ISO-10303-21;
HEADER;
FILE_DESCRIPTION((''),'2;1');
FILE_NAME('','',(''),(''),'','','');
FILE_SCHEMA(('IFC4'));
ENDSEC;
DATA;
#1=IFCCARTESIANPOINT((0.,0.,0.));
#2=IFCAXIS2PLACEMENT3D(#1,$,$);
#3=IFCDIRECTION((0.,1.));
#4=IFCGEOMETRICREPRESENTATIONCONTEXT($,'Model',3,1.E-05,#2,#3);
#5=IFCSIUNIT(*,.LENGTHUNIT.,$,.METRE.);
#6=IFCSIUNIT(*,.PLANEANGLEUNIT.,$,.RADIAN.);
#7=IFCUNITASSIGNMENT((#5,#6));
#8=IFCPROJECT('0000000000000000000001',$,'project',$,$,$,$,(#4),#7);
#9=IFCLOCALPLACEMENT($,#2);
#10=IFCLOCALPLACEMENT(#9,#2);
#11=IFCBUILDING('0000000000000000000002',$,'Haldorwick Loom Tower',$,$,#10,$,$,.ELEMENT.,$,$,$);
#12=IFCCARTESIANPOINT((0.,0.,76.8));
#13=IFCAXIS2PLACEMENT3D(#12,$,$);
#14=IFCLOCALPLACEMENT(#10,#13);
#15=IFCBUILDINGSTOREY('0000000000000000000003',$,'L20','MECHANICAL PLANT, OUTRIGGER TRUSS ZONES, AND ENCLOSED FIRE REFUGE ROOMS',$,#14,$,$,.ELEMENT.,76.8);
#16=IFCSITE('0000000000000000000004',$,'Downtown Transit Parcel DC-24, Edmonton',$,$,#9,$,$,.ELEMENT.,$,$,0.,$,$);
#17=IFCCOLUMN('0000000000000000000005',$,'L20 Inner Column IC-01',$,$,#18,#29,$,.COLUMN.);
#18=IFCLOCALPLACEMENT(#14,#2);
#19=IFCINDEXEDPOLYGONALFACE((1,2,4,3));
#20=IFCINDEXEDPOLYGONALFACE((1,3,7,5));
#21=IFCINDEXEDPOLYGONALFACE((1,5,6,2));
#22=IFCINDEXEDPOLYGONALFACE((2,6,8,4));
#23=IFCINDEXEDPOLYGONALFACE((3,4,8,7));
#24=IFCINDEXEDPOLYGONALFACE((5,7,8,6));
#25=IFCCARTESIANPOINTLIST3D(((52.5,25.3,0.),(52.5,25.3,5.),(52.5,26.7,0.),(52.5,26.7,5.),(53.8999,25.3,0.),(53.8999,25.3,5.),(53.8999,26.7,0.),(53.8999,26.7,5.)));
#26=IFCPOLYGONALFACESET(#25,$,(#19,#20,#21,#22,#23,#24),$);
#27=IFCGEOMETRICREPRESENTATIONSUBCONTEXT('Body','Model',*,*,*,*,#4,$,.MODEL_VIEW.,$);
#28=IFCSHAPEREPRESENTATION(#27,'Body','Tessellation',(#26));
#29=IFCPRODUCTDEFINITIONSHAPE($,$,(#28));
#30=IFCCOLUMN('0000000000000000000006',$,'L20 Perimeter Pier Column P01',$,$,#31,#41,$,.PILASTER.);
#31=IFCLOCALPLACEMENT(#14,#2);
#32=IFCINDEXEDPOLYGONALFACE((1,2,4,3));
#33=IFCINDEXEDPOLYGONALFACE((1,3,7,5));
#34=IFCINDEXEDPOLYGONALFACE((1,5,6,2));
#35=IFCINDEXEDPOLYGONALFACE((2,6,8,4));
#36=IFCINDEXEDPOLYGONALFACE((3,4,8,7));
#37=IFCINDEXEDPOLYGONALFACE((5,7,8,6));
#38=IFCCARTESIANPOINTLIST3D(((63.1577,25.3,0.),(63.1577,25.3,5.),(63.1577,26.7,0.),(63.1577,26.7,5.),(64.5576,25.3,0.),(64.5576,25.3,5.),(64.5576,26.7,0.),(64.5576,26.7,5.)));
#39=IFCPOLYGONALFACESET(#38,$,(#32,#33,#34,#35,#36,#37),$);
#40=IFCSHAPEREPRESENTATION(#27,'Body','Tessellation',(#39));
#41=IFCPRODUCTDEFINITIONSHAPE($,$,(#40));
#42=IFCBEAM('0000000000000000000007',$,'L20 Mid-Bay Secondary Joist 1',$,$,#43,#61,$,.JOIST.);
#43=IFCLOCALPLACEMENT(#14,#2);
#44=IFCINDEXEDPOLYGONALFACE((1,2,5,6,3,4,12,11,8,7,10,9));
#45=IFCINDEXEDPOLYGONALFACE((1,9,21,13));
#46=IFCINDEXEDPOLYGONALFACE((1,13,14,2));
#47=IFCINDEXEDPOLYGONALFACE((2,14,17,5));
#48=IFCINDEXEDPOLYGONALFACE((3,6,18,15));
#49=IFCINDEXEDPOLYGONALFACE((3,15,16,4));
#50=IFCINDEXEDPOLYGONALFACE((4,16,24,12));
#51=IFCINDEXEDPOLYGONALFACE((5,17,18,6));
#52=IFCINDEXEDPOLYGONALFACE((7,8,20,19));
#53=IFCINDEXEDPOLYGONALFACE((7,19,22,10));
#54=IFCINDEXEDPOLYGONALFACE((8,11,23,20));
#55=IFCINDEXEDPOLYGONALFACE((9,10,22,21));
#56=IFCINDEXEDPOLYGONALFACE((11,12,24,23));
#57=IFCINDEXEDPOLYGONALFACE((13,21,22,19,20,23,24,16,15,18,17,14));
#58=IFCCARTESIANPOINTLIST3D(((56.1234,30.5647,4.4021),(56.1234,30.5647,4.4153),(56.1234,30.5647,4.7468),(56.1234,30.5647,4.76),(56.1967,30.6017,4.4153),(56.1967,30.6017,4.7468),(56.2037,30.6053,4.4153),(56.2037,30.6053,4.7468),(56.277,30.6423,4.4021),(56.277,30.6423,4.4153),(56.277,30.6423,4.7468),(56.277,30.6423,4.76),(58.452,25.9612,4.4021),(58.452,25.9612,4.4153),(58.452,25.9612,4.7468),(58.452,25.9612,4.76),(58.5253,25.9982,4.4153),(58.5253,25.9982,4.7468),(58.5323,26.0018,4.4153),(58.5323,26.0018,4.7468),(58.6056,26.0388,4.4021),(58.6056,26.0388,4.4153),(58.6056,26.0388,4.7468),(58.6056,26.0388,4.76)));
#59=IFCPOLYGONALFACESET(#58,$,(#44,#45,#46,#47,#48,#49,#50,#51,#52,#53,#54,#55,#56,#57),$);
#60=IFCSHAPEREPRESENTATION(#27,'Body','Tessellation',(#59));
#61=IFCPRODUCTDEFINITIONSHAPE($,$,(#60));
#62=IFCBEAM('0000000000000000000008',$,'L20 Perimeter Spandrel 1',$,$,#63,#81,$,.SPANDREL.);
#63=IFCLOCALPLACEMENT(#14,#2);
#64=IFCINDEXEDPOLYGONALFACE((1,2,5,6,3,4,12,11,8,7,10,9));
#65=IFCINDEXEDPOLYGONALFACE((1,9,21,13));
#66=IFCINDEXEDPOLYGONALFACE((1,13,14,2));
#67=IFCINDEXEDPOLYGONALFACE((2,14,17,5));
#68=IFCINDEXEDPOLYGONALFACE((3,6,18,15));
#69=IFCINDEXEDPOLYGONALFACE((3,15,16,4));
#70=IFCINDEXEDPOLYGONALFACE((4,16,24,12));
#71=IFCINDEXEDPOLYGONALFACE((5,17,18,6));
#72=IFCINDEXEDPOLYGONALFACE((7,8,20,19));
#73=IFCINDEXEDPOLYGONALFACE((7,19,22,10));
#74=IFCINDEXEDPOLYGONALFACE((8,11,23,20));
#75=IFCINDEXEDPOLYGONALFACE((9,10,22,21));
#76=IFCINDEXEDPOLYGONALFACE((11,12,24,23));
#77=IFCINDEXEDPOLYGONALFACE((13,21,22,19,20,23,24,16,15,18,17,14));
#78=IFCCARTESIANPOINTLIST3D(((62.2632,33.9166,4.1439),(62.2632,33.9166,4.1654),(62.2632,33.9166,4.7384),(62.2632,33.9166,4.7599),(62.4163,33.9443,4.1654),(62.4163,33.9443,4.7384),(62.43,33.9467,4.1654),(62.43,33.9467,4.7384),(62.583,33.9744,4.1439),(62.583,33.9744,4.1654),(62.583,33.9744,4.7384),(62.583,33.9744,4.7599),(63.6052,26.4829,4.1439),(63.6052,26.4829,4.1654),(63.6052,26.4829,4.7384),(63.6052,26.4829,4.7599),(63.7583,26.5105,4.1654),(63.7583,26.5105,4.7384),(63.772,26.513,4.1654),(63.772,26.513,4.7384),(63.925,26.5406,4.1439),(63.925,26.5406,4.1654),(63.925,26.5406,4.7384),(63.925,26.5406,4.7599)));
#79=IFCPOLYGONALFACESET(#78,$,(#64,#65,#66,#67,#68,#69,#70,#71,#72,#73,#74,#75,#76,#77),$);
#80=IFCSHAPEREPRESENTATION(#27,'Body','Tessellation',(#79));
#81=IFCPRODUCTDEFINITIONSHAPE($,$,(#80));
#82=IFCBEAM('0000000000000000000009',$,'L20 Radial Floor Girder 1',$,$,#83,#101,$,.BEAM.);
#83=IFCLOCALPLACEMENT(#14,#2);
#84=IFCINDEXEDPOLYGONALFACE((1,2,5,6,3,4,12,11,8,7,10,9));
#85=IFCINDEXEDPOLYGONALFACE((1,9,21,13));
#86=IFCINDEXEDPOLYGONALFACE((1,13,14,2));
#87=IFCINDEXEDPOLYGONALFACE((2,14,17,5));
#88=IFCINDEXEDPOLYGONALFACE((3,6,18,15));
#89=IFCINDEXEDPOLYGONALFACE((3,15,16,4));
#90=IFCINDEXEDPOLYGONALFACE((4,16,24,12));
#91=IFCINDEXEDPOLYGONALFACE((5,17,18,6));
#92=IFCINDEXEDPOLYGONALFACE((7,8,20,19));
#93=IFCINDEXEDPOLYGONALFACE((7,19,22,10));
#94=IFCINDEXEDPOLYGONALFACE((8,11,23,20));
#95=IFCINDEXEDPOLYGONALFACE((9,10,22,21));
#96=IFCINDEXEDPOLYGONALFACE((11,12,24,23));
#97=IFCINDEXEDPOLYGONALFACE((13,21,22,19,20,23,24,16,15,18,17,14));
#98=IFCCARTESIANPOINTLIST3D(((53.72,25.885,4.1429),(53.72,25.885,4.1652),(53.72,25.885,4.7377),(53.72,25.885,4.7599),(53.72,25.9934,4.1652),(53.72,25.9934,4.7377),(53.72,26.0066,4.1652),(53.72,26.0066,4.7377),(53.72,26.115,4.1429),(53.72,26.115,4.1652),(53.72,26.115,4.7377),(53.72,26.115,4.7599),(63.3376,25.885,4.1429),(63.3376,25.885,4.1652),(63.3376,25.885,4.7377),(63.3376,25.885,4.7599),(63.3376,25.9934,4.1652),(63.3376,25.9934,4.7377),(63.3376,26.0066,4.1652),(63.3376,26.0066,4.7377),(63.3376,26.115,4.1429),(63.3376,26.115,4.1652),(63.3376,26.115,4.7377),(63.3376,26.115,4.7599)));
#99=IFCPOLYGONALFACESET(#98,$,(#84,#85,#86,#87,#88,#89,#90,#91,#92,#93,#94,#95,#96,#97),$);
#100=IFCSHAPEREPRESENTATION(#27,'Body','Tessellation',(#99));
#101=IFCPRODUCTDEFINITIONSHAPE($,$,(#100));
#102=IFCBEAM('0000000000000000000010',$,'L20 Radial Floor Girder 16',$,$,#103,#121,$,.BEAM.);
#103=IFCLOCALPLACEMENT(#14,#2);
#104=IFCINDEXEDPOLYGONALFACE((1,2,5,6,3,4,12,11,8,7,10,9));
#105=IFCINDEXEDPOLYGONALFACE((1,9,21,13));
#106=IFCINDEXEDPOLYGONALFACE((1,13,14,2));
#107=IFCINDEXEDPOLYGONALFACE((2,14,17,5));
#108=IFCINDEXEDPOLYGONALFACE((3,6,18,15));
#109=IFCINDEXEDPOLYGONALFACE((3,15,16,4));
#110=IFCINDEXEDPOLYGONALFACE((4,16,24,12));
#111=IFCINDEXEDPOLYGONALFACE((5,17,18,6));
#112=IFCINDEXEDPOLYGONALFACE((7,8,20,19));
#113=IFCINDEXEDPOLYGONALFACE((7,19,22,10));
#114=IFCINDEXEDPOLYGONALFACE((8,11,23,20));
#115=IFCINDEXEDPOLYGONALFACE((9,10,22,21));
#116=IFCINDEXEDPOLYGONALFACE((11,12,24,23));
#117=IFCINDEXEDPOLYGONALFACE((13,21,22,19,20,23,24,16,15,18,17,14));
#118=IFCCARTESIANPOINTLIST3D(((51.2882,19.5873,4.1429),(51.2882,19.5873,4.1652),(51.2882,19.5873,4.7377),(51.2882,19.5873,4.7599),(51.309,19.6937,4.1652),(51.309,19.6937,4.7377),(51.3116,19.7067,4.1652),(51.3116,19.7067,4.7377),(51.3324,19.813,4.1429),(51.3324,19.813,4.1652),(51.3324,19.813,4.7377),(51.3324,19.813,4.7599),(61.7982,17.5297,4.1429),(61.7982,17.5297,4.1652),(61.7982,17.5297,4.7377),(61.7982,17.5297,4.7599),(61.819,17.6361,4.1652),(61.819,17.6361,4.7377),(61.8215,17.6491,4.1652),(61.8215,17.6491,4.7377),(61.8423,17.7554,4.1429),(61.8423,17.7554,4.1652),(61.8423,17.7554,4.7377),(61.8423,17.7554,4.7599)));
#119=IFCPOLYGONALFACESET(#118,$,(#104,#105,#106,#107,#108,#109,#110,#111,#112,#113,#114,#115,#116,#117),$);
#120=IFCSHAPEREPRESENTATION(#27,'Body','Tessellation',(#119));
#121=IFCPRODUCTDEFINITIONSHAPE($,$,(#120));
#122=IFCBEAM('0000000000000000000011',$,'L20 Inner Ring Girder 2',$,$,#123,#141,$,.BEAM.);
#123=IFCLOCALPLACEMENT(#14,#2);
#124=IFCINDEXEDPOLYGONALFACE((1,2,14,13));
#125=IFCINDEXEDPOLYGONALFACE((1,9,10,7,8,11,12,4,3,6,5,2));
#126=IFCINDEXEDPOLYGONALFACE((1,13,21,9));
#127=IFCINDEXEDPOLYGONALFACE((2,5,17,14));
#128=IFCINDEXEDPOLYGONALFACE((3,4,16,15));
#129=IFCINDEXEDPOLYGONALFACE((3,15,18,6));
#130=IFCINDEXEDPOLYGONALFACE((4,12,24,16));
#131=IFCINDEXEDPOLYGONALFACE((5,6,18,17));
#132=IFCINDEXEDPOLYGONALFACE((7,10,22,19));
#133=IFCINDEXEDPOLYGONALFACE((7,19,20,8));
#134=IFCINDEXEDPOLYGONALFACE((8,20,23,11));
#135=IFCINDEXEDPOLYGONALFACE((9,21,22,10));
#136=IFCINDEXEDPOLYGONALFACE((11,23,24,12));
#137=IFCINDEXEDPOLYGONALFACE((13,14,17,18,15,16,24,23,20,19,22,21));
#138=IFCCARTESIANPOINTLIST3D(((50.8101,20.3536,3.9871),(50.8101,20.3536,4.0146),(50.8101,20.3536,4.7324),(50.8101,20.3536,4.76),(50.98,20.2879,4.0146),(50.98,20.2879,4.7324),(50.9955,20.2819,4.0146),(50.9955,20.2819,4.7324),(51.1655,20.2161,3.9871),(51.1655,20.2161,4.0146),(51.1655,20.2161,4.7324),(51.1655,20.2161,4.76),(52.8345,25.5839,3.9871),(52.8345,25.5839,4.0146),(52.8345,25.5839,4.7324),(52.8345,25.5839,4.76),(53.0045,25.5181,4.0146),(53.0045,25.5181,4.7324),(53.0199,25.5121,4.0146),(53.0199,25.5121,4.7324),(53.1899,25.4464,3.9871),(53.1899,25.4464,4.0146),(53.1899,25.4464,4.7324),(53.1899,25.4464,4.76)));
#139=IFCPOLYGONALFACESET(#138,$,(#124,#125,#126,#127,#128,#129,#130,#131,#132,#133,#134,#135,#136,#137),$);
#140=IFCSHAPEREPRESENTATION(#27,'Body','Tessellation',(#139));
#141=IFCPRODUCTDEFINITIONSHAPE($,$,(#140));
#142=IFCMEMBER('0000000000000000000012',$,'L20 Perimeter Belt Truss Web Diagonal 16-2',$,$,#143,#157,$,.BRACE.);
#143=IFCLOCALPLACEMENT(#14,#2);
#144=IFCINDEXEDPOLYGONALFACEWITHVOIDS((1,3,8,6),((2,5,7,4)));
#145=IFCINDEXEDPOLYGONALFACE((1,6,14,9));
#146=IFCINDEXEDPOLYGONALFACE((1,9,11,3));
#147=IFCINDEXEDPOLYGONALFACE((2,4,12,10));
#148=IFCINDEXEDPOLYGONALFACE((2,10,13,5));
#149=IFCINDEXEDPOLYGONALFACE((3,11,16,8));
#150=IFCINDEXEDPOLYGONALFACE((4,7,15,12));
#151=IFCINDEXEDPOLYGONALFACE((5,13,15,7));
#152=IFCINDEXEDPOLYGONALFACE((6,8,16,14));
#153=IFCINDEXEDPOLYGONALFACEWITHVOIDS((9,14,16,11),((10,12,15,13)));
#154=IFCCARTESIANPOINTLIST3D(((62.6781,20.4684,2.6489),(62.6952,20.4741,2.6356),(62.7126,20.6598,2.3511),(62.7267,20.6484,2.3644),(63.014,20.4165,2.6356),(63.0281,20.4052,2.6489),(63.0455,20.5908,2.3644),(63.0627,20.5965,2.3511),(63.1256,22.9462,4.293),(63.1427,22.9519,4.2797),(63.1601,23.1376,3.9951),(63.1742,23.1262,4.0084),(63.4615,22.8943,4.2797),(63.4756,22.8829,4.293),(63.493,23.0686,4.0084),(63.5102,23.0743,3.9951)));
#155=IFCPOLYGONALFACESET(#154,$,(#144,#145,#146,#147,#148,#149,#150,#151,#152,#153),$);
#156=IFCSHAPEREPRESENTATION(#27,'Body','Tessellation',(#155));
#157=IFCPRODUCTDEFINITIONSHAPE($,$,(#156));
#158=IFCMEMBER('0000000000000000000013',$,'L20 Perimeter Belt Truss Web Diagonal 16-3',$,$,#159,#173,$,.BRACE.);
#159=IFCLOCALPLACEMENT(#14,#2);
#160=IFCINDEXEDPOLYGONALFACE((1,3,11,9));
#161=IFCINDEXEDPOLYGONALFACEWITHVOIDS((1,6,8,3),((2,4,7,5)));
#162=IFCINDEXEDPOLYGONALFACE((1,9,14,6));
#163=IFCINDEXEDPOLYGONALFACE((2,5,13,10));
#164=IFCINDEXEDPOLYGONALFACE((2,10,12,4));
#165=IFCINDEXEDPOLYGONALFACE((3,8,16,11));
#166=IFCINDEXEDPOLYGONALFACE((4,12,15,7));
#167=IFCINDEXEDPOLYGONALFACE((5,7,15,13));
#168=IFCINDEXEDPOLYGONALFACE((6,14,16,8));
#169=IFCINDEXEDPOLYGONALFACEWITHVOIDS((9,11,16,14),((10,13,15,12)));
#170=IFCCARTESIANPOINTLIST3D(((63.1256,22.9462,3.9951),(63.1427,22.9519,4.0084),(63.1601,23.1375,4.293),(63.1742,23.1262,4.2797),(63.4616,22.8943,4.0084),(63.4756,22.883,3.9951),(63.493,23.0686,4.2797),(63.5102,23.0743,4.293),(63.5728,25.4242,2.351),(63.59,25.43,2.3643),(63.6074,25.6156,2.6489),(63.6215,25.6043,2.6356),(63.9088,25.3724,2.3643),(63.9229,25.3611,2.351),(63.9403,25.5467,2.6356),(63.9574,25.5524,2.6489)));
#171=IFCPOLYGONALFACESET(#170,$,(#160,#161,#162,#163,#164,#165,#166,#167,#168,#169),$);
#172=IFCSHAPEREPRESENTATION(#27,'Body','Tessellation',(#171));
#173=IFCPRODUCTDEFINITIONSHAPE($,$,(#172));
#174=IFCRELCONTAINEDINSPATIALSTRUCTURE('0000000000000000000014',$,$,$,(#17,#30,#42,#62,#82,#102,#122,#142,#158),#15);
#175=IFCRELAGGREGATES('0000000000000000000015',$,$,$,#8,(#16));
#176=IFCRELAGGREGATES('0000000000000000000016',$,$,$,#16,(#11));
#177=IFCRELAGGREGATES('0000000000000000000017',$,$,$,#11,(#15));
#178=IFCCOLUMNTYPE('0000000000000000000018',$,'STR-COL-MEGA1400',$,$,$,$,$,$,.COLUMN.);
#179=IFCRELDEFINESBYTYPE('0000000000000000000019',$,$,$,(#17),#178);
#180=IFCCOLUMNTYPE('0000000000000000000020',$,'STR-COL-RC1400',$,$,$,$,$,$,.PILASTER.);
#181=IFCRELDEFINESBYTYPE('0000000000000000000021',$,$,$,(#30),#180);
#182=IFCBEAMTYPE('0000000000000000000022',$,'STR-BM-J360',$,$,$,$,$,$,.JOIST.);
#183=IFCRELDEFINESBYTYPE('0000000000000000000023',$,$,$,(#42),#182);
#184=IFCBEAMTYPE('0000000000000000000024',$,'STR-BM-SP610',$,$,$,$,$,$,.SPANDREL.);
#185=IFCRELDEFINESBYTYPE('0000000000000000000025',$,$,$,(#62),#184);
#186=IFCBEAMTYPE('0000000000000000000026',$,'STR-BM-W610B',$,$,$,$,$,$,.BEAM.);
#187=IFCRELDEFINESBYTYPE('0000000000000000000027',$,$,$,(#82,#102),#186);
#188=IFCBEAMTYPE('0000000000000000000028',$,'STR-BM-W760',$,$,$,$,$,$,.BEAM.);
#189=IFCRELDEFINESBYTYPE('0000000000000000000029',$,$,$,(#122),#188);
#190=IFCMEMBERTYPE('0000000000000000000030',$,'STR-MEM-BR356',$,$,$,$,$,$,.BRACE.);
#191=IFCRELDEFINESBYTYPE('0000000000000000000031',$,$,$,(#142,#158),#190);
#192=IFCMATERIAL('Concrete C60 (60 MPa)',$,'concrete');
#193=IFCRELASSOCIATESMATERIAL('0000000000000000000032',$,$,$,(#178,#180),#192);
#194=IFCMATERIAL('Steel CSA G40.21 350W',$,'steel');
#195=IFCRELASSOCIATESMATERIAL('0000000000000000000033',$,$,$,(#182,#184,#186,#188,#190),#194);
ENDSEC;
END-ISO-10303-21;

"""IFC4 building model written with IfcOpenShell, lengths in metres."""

from ifc_helpers import new_model, si_unit, direction, frame, origin, origin_2d, place, context, subcontext, project, spatial, rectangle, hollow_rectangle, i_section, extrude, material, material_profile, profile_set, type_object, element, save


model = new_model("IFC4")

# Units and contexts
model_context = context("Model", 3, precision=1e-05, world=origin(), true_north=direction((0.0, 1.0)))
body_context = subcontext(model_context, "Body", "Model", "MODEL_VIEW")
ifc_project = project(units=[si_unit("LENGTHUNIT", "METRE"), si_unit("PLANEANGLEUNIT", "RADIAN")], contexts=[model_context])

# Site, building, storey
site_placement = place(None, origin())
site = spatial("IfcSite", under=ifc_project, at=site_placement, Name="Downtown Transit Parcel DC-24, Edmonton", CompositionType="ELEMENT", RefElevation=0.0)
building_placement = place(site_placement, origin())
building = spatial("IfcBuilding", under=site, at=building_placement, Name="Haldorwick Loom Tower", CompositionType="ELEMENT")
storey_placement = place(building_placement, frame((0.0, 0.0, 76.8)))
storey = spatial("IfcBuildingStorey", under=building, at=storey_placement, Name="L20", Description="MECHANICAL PLANT, OUTRIGGER TRUSS ZONES, AND ENCLOSED FIRE REFUGE ROOMS", CompositionType="ELEMENT", Elevation=76.8)

# Columns
ifc_material_1 = material(Name="Concrete C60 (60 MPa)", Category="concrete")
ifc_material_profile_1 = material_profile(ifc_material_1, rectangle(XDim=1.3999, YDim=1.3999, at=origin_2d()), Name="RC1400X1400", Category="concrete")
ifc_profile_set_1 = profile_set([ifc_material_profile_1], Name="Concrete C60 (60 MPa)")
column_type_1 = type_object("IfcColumnType", Name="STR-COL-MEGA1400", PredefinedType="COLUMN", material=ifc_profile_set_1)
column_1_placement = place(storey_placement, frame((53.2, 26.0, 0.0), z_axis=(0.0, 0.0, 1.0), x_axis=(1.0, 0.0, 0.0)))
element("IfcColumn", 1, at=column_1_placement, inside=storey, type_object=column_type_1, Name="L20 Inner Column IC-01", PredefinedType="COLUMN", context=body_context, shape_type="SweptSolid", body=[
    extrude(rectangle(XDim=1.3999, YDim=1.3999, at=origin_2d()), origin(), (0.0, 0.0, 1.0), 5.0),
])
ifc_material_profile_2 = material_profile(ifc_material_1, rectangle(XDim=1.3999, YDim=1.3999, at=origin_2d()), Name="RC1400X1400", Category="concrete")
ifc_profile_set_2 = profile_set([ifc_material_profile_2], Name="Concrete C60 (60 MPa)")
column_type_2 = type_object("IfcColumnType", Name="STR-COL-RC1400", PredefinedType="PILASTER", material=ifc_profile_set_2)
column_2_placement = place(storey_placement, frame((63.8577, 26.0, 0.0), z_axis=(0.0, 0.0, 1.0), x_axis=(1.0, 0.0, 0.0)))
element("IfcColumn", 2, at=column_2_placement, inside=storey, type_object=column_type_2, Name="L20 Perimeter Pier Column P01", PredefinedType="PILASTER", context=body_context, shape_type="SweptSolid", body=[
    extrude(rectangle(XDim=1.3999, YDim=1.3999, at=origin_2d()), origin(), (0.0, 0.0, 1.0), 5.0),
])

# Beams
ifc_material_2 = material(Name="Steel CSA G40.21 350W", Category="steel")
ifc_material_profile_3 = material_profile(ifc_material_2, i_section(OverallWidth=0.1721, OverallDepth=0.3579, WebThickness=0.0078, FlangeThickness=0.0132, at=origin_2d()), Name="W360X57", Category="steel")
ifc_profile_set_3 = profile_set([ifc_material_profile_3], Name="Steel CSA G40.21 350W")
beam_type_1 = type_object("IfcBeamType", Name="STR-BM-J360", PredefinedType="JOIST", material=ifc_profile_set_3)
beam_1_placement = place(storey_placement, frame((58.5288, 26.0, 4.5811), z_axis=(-0.451373, 0.892335, 0.0), x_axis=(-0.892335, -0.451373, 0.0)))
element("IfcBeam", 3, at=beam_1_placement, inside=storey, type_object=beam_type_1, Name="L20 Mid-Bay Secondary Joist 1", PredefinedType="JOIST", context=body_context, shape_type="SweptSolid", body=[
    extrude(i_section(OverallWidth=0.1721, OverallDepth=0.3579, WebThickness=0.0078, FlangeThickness=0.0132, at=origin_2d()), origin(), (0.0, 0.0, 1.0), 5.1589),
])
ifc_material_profile_4 = material_profile(ifc_material_2, i_section(OverallWidth=0.325, OverallDepth=0.616, WebThickness=0.0139, FlangeThickness=0.0215, at=origin_2d()), Name="W610X174", Category="steel")
ifc_profile_set_4 = profile_set([ifc_material_profile_4], Name="Steel CSA G40.21 350W")
beam_type_2 = type_object("IfcBeamType", Name="STR-BM-SP610", PredefinedType="SPANDREL", material=ifc_profile_set_4)
beam_2_placement = place(storey_placement, frame((63.7651, 26.5117, 4.4519), z_axis=(-0.177659, 0.984092, 0.0), x_axis=(-0.984092, -0.177659, 0.0)))
element("IfcBeam", 4, at=beam_2_placement, inside=storey, type_object=beam_type_2, Name="L20 Perimeter Spandrel 1", PredefinedType="SPANDREL", context=body_context, shape_type="SweptSolid", body=[
    extrude(i_section(OverallWidth=0.325, OverallDepth=0.616, WebThickness=0.0139, FlangeThickness=0.0215, at=origin_2d()), origin(), (0.0, 0.0, 1.0), 7.554),
])
ifc_material_profile_5 = material_profile(ifc_material_2, i_section(OverallWidth=0.23, OverallDepth=0.6169, WebThickness=0.0132, FlangeThickness=0.0222, at=origin_2d()), Name="W610X140", Category="steel")
ifc_profile_set_5 = profile_set([ifc_material_profile_5], Name="Steel CSA G40.21 350W")
beam_type_3 = type_object("IfcBeamType", Name="STR-BM-W610B", PredefinedType="BEAM", material=ifc_profile_set_5)
beam_3_placement = place(storey_placement, frame((53.72, 26.0, 4.4514), z_axis=(1.0, 0.0, 0.0), x_axis=(0.0, 1.0, 0.0)))
element("IfcBeam", 5, at=beam_3_placement, inside=storey, type_object=beam_type_3, Name="L20 Radial Floor Girder 1", PredefinedType="BEAM", context=body_context, shape_type="SweptSolid", body=[
    extrude(i_section(OverallWidth=0.23, OverallDepth=0.6169, WebThickness=0.0132, FlangeThickness=0.0222, at=origin_2d()), origin(), (0.0, 0.0, 1.0), 9.6177),
])
beam_4_placement = place(storey_placement, frame((51.3103, 19.7002, 4.4514), z_axis=(0.98137, -0.192129, 0.0), x_axis=(0.192129, 0.98137, 0.0)))
element("IfcBeam", 6, at=beam_4_placement, inside=storey, type_object=beam_type_3, Name="L20 Radial Floor Girder 16", PredefinedType="BEAM", context=body_context, shape_type="SweptSolid", body=[
    extrude(i_section(OverallWidth=0.23, OverallDepth=0.6169, WebThickness=0.0132, FlangeThickness=0.0222, at=origin_2d()), origin(), (0.0, 0.0, 1.0), 10.7095),
])
ifc_material_profile_6 = material_profile(ifc_material_2, i_section(OverallWidth=0.3811, OverallDepth=0.7729, WebThickness=0.0166, FlangeThickness=0.0276, at=origin_2d()), Name="W760X257", Category="steel")
ifc_profile_set_6 = profile_set([ifc_material_profile_6], Name="Steel CSA G40.21 350W")
beam_type_4 = type_object("IfcBeamType", Name="STR-BM-W760", PredefinedType="BEAM", material=ifc_profile_set_6)
beam_5_placement = place(storey_placement, frame((53.0122, 25.5151, 4.3735), z_axis=(-0.360965, -0.932579, 0.0), x_axis=(0.932579, -0.360965, 0.0)))
element("IfcBeam", 7, at=beam_5_placement, inside=storey, type_object=beam_type_4, Name="L20 Inner Ring Girder 2", PredefinedType="BEAM", context=body_context, shape_type="SweptSolid", body=[
    extrude(i_section(OverallWidth=0.3811, OverallDepth=0.7729, WebThickness=0.0166, FlangeThickness=0.0276, at=origin_2d()), origin(), (0.0, 0.0, 1.0), 5.6084),
])

# Members
ifc_material_profile_7 = material_profile(ifc_material_2, hollow_rectangle(XDim=0.3557, YDim=0.3557, WallThickness=0.0159, at=origin_2d()), Name="HSS356X356X16", Category="steel")
ifc_profile_set_7 = profile_set([ifc_material_profile_7], Name="Steel CSA G40.21 350W")
member_type_1 = type_object("IfcMemberType", Name="STR-MEM-BR356", PredefinedType="BRACE", material=ifc_profile_set_7)
member_1_placement = place(storey_placement, frame((62.8704, 20.5325, 2.5), z_axis=(0.148819, 0.823982, 0.546723), x_axis=(-0.984079, 0.177733, 0.0)))
element("IfcMember", 8, at=member_1_placement, inside=storey, type_object=member_type_1, Name="L20 Perimeter Belt Truss Web Diagonal 16-2", PredefinedType="BRACE", context=body_context, shape_type="SweptSolid", body=[
    extrude(hollow_rectangle(XDim=0.3557, YDim=0.3557, WallThickness=0.0159, at=origin_2d()), origin(), (0.0, 0.0, 1.0), 3.0071),
])
member_2_placement = place(storey_placement, frame((63.3179, 23.0103, 4.144), z_axis=(0.148729, 0.824018, -0.546693), x_axis=(-0.984099, 0.177623, 0.0)))
element("IfcMember", 9, at=member_2_placement, inside=storey, type_object=member_type_1, Name="L20 Perimeter Belt Truss Web Diagonal 16-3", PredefinedType="BRACE", context=body_context, shape_type="SweptSolid", body=[
    extrude(hollow_rectangle(XDim=0.3557, YDim=0.3557, WallThickness=0.0159, at=origin_2d()), origin(), (0.0, 0.0, 1.0), 3.0073),
])

save(model, "model.ifc")
